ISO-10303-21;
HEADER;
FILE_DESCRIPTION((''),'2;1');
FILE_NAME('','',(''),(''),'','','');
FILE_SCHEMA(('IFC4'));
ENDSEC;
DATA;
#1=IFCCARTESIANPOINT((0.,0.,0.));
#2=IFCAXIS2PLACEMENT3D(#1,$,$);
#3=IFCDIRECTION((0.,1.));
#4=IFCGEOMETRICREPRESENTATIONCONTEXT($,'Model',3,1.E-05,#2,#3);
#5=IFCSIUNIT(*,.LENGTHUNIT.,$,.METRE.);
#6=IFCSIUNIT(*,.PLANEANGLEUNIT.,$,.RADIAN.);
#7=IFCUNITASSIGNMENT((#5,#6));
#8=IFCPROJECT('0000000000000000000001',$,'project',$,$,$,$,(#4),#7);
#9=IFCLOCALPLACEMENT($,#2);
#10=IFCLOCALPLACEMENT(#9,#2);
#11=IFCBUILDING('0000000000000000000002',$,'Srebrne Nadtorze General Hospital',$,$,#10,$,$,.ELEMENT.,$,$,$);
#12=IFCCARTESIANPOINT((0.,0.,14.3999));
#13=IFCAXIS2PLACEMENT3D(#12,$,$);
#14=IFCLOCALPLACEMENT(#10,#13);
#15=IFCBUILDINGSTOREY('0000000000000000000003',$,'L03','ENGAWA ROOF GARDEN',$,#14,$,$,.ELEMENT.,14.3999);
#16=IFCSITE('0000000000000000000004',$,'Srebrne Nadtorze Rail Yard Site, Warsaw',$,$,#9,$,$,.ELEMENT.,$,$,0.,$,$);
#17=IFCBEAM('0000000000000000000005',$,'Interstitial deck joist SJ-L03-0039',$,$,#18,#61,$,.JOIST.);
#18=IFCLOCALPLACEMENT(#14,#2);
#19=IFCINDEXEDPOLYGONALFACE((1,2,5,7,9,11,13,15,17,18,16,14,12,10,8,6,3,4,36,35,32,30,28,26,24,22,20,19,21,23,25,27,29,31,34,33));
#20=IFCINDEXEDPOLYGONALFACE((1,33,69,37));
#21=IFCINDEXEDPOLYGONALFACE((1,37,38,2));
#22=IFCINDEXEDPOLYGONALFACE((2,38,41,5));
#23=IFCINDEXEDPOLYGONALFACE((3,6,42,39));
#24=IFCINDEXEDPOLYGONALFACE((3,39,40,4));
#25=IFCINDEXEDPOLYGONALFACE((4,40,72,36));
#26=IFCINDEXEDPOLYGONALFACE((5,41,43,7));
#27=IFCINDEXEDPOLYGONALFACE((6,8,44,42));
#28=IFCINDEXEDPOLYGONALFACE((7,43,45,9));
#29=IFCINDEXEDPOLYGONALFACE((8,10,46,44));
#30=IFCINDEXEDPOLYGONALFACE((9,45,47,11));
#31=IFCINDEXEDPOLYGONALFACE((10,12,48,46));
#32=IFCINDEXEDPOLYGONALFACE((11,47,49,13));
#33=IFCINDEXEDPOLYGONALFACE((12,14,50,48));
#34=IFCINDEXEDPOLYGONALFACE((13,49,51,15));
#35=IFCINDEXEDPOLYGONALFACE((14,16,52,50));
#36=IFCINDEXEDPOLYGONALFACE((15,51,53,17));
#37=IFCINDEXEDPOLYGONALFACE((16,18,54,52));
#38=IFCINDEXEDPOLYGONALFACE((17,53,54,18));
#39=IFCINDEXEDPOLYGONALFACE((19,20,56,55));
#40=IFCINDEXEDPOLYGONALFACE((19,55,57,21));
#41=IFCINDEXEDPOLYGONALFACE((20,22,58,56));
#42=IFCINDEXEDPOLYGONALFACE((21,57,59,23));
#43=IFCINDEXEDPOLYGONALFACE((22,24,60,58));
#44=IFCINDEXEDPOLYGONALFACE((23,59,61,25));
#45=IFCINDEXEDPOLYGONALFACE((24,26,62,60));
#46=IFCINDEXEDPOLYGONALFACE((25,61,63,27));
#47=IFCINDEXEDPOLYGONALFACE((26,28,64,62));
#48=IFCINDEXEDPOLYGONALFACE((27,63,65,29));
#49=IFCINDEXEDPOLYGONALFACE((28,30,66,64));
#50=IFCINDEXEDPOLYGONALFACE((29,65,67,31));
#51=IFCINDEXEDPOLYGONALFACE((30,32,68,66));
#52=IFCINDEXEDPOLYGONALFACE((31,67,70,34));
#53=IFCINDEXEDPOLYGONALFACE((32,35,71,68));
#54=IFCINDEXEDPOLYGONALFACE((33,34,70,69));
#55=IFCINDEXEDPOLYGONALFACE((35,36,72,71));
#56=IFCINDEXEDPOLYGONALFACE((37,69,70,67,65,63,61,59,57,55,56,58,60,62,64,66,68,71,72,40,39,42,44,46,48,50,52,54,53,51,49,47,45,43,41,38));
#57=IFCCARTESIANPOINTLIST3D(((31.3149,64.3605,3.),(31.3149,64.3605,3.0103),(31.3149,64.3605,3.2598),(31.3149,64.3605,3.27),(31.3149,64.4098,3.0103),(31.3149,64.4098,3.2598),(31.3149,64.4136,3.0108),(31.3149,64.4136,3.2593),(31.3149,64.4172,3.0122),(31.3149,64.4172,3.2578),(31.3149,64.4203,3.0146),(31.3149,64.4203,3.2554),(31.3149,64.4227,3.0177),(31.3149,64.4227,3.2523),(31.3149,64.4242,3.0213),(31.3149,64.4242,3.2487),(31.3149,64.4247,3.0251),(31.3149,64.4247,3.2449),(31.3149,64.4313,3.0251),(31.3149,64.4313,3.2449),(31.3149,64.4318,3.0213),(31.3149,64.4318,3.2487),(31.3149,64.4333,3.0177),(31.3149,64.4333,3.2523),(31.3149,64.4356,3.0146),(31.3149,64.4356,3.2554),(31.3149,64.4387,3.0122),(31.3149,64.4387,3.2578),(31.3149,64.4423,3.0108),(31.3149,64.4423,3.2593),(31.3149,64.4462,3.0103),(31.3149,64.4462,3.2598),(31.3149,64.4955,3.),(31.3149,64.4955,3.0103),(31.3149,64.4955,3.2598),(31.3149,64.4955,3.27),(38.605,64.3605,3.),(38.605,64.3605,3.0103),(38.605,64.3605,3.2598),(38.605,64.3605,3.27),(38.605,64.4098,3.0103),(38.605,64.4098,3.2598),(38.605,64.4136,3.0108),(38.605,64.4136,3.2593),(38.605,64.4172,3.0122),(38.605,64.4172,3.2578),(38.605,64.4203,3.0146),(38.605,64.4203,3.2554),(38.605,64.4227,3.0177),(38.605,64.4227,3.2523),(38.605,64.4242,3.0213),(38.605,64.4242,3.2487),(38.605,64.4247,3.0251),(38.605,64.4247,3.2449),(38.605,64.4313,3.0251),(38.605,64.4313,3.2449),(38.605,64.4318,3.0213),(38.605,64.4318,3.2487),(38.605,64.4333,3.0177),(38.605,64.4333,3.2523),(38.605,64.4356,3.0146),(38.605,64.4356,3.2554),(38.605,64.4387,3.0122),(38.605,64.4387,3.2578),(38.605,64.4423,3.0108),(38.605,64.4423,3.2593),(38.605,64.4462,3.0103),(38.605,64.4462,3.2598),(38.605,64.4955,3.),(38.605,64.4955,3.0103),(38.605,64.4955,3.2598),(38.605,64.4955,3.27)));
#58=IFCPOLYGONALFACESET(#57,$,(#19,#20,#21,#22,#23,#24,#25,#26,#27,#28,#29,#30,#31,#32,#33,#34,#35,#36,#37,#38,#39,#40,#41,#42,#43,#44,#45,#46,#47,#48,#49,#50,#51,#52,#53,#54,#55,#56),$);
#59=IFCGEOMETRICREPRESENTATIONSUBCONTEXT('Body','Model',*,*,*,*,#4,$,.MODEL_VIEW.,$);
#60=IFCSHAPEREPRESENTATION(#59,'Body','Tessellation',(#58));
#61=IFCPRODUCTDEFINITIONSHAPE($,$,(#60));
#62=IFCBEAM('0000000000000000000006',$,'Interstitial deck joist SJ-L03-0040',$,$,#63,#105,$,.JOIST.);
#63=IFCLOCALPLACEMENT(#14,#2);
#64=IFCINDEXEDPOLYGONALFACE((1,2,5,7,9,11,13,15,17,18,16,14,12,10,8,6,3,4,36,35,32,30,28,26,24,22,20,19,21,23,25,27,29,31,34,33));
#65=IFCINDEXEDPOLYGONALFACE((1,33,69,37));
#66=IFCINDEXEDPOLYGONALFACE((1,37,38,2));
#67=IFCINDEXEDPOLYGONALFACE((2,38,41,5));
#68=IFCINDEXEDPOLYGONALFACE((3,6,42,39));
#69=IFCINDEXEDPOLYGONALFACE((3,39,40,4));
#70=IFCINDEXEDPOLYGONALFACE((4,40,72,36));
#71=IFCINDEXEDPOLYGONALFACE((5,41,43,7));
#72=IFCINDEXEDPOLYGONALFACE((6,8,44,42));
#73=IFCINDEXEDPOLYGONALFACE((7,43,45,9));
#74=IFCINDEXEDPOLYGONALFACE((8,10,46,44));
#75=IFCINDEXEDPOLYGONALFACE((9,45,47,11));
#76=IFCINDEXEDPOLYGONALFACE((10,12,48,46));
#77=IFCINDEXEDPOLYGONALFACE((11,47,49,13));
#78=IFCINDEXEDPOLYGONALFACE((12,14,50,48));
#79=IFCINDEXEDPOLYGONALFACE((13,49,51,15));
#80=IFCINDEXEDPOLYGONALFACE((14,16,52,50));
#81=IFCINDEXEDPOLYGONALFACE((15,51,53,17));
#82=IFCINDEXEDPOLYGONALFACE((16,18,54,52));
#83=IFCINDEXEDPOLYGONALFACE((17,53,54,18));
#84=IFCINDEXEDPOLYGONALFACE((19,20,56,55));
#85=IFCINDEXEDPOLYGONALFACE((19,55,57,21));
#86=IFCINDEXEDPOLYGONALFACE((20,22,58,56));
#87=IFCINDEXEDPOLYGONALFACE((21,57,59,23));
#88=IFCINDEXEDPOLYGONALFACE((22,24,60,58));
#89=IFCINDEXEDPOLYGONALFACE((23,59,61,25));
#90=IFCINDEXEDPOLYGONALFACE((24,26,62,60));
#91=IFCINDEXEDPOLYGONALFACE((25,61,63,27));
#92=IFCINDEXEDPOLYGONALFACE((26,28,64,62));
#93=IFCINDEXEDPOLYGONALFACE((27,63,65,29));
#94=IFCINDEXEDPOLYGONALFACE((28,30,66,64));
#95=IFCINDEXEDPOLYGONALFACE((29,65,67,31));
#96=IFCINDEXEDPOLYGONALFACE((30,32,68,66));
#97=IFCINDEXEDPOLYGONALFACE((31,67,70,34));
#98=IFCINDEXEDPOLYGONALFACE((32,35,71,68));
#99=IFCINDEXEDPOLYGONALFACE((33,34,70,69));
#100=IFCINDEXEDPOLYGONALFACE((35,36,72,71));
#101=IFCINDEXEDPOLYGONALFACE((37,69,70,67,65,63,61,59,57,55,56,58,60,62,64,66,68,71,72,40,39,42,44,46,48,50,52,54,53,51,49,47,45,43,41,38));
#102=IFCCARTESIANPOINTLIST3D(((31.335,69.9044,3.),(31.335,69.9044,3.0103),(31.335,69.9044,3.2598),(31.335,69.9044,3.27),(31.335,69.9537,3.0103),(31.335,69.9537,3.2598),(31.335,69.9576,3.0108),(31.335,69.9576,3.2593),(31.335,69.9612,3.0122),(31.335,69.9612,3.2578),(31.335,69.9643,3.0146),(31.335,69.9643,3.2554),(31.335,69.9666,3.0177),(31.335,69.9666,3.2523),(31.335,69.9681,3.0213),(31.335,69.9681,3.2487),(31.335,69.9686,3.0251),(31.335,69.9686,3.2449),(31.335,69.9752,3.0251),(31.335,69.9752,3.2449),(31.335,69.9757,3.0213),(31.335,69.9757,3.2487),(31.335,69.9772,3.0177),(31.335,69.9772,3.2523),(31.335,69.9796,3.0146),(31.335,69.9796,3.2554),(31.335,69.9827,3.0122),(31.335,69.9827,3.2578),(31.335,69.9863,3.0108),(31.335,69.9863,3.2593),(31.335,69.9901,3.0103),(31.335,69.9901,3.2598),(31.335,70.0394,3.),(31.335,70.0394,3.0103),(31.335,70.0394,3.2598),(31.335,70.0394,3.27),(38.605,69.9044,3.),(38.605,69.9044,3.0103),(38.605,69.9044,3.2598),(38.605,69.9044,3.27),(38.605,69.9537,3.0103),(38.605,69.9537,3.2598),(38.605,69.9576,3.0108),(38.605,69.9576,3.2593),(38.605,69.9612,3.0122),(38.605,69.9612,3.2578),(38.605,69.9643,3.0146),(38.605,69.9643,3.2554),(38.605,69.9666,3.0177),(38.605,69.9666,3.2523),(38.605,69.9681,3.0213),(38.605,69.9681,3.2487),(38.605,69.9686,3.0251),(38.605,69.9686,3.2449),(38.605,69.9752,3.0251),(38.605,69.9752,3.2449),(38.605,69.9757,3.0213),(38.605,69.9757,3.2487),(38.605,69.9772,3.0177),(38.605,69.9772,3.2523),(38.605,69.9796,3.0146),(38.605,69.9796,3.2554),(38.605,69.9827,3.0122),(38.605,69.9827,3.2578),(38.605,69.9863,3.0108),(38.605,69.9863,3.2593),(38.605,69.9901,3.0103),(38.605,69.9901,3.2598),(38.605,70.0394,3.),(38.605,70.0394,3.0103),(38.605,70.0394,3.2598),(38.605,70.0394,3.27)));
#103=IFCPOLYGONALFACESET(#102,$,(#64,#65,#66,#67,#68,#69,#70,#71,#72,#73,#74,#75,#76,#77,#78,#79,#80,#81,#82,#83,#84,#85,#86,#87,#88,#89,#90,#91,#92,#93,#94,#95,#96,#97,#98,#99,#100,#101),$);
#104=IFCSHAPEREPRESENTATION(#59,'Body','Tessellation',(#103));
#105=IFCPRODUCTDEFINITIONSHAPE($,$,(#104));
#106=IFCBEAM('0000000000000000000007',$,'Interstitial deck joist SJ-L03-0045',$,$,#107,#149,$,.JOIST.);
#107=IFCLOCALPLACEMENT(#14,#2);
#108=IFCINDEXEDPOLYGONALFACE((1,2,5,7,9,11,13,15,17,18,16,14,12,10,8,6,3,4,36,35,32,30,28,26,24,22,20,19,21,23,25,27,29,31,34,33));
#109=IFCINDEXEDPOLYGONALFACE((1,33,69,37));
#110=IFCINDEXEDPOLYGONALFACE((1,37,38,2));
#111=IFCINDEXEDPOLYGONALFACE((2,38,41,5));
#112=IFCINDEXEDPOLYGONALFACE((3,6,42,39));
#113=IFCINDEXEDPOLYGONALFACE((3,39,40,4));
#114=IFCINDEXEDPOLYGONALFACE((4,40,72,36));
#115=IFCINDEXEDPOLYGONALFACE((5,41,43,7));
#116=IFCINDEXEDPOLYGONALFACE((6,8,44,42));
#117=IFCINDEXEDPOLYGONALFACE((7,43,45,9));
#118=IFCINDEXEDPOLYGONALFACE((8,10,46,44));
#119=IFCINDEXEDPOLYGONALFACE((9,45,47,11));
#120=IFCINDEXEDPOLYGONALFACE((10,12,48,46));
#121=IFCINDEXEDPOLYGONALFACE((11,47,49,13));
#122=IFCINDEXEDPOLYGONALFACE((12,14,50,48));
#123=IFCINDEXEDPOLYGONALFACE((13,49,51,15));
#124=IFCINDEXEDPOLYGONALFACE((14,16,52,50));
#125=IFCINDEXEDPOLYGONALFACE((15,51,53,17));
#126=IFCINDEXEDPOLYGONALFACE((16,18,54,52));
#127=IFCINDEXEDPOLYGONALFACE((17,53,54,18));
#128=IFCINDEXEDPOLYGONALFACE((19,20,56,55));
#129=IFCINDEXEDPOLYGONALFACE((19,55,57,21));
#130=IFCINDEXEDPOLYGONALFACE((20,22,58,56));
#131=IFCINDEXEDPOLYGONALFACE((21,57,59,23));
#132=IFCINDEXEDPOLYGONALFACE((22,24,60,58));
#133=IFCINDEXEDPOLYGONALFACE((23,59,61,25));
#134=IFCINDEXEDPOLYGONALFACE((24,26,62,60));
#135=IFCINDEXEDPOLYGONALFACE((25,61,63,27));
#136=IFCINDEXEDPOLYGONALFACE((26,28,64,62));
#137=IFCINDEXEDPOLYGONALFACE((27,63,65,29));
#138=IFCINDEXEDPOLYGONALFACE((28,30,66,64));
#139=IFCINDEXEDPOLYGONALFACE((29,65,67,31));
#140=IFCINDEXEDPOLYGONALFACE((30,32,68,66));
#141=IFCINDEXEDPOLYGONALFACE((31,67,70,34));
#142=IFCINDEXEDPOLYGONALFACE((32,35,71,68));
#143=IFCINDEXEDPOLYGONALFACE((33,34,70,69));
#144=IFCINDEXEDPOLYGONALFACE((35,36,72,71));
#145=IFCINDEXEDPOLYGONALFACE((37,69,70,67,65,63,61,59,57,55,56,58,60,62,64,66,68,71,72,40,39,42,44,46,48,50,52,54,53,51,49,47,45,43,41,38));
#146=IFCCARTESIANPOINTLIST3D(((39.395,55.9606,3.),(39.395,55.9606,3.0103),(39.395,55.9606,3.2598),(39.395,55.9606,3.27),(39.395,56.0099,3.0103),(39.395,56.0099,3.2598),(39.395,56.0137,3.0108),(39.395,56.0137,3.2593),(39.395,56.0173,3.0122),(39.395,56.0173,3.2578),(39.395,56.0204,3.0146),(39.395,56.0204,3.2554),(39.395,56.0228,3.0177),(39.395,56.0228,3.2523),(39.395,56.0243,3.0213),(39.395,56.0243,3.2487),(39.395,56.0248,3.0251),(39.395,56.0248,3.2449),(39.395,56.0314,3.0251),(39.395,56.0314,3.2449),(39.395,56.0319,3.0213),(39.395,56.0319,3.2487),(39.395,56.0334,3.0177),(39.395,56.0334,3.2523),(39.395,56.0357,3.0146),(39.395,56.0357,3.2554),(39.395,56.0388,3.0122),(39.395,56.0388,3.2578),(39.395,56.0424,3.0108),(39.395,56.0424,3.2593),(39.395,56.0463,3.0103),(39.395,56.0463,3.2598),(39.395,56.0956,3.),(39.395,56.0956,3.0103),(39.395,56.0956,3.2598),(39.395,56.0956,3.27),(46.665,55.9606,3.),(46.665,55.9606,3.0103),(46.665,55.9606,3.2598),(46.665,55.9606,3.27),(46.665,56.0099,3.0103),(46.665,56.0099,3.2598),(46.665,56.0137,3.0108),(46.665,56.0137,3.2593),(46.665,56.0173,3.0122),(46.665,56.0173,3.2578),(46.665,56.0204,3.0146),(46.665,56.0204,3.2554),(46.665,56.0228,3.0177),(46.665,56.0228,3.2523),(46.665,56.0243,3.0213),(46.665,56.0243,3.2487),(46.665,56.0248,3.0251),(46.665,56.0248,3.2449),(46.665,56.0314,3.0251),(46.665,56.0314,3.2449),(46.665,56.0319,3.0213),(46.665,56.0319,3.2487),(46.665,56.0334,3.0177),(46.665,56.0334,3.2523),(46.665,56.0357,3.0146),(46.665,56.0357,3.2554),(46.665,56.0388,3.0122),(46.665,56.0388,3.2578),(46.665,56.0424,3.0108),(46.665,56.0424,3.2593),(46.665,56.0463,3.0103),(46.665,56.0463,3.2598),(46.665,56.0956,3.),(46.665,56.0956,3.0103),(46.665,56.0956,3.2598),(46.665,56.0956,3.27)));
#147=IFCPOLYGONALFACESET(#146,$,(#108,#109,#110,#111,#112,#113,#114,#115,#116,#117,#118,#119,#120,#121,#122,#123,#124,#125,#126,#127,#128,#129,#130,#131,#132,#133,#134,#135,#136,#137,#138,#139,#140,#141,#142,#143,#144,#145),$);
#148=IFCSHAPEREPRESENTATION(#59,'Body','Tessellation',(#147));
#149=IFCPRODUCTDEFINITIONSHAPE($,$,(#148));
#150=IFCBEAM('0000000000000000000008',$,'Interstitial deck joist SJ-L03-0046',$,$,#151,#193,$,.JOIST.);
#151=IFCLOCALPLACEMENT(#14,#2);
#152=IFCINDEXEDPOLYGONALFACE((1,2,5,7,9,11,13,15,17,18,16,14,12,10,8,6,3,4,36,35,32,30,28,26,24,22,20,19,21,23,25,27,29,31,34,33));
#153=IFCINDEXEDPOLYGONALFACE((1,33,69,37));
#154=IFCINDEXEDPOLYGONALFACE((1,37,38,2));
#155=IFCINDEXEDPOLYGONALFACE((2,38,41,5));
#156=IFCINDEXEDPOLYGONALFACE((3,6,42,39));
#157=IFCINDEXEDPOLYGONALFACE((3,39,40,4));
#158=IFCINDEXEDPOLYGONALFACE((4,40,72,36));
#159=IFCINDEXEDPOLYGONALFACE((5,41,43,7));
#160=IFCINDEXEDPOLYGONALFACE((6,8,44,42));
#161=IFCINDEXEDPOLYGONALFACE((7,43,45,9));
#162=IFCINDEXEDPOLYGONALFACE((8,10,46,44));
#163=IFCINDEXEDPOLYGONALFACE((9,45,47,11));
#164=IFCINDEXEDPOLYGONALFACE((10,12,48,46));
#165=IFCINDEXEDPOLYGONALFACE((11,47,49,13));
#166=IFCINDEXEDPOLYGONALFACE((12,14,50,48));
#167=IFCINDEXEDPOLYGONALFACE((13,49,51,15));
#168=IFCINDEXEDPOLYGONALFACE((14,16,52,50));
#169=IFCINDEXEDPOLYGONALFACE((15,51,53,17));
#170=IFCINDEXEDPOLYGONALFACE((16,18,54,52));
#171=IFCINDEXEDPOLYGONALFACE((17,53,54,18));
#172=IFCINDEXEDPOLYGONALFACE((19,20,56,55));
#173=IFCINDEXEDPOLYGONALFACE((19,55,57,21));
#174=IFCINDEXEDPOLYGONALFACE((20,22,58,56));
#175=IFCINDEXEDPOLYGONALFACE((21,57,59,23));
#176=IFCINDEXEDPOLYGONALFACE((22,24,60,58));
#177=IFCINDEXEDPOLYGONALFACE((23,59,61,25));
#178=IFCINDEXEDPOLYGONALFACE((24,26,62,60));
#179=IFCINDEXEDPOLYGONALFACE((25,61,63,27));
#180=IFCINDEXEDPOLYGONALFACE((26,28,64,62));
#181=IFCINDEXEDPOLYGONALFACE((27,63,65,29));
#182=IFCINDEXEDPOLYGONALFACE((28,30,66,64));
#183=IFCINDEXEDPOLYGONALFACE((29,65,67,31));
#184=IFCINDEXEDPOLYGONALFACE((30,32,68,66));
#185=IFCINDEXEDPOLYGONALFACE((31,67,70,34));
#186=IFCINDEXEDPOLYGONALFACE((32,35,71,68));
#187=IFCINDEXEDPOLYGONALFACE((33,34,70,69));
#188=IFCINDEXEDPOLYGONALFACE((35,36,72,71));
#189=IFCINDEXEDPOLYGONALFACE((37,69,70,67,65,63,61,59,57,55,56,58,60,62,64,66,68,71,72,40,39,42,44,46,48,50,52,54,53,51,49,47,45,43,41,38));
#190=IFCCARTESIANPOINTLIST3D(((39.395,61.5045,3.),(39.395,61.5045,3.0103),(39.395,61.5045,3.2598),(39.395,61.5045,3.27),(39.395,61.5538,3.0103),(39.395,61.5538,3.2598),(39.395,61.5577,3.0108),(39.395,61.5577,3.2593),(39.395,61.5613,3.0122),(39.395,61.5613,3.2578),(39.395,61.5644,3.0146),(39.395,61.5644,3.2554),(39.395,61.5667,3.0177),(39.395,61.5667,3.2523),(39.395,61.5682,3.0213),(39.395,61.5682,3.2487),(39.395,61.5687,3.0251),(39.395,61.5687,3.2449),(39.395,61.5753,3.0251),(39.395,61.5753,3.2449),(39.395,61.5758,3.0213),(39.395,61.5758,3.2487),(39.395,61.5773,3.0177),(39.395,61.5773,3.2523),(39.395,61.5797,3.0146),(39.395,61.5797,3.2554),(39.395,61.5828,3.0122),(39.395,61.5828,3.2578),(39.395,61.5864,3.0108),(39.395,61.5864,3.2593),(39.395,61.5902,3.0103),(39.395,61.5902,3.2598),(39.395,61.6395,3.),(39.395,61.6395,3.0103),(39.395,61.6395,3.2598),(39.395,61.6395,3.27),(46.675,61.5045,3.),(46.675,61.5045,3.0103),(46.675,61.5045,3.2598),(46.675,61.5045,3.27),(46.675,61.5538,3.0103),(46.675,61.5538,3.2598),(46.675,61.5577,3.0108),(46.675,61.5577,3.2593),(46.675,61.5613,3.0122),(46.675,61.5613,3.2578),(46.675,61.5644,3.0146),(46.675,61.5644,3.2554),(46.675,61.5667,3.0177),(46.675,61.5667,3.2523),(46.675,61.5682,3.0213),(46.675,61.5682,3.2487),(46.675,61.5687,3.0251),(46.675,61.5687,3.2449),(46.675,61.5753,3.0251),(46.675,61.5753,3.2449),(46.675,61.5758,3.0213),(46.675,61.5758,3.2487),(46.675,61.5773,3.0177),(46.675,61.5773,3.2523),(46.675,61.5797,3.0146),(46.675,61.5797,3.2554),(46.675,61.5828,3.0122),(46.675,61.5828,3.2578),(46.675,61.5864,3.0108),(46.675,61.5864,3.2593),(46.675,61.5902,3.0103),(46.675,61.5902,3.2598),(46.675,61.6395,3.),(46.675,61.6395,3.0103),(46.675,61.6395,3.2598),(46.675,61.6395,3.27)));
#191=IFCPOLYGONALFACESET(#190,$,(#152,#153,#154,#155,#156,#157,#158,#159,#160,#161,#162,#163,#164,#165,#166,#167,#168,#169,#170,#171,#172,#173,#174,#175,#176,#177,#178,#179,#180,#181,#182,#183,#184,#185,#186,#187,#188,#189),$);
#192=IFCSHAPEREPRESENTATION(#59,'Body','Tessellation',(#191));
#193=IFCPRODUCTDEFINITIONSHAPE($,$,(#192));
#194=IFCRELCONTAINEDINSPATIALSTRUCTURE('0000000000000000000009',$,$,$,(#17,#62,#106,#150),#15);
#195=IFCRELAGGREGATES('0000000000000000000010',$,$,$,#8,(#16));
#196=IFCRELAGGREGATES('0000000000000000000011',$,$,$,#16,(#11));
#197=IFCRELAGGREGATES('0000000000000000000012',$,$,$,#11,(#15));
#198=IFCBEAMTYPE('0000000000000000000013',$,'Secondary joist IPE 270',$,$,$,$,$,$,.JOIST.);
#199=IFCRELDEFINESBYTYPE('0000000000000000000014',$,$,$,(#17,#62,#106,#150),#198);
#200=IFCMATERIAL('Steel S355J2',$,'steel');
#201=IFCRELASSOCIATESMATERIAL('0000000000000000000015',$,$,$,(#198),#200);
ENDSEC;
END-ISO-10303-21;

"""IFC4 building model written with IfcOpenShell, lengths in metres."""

from ifc_helpers import new_model, si_unit, direction, frame, origin, origin_2d, place, context, subcontext, project, spatial, i_section, extrude, material, material_profile, profile_set, type_object, element, save


model = new_model("IFC4")

# Units and contexts
model_context = context("Model", 3, precision=1e-05, world=origin(), true_north=direction((0.0, 1.0)))
body_context = subcontext(model_context, "Body", "Model", "MODEL_VIEW")
ifc_project = project(units=[si_unit("LENGTHUNIT", "METRE"), si_unit("PLANEANGLEUNIT", "RADIAN")], contexts=[model_context])

# Site, building, storey
site_placement = place(None, origin())
site = spatial("IfcSite", under=ifc_project, at=site_placement, Name="Srebrne Nadtorze Rail Yard Site, Warsaw", CompositionType="ELEMENT", RefElevation=0.0)
building_placement = place(site_placement, origin())
building = spatial("IfcBuilding", under=site, at=building_placement, Name="Srebrne Nadtorze General Hospital", CompositionType="ELEMENT")
storey_placement = place(building_placement, frame((0.0, 0.0, 14.3999)))
storey = spatial("IfcBuildingStorey", under=building, at=storey_placement, Name="L03", Description="ENGAWA ROOF GARDEN", CompositionType="ELEMENT", Elevation=14.3999)

# Beams
ifc_material_1 = material(Name="Steel S355J2", Category="steel")
ifc_material_profile_1 = material_profile(ifc_material_1, i_section(OverallWidth=0.135, OverallDepth=0.27, WebThickness=0.0066, FlangeThickness=0.0103, FilletRadius=0.0149, at=origin_2d()), Name="IPE-270")
ifc_profile_set_1 = profile_set([ifc_material_profile_1], Name="Steel S355J2")
beam_type_1 = type_object("IfcBeamType", Name="Secondary joist IPE 270", PredefinedType="JOIST", material=ifc_profile_set_1)
beam_1_placement = place(storey_placement, frame((31.3149, 64.428, 3.135), z_axis=(1.0, 0.0, 0.0), x_axis=(0.0, 1.0, 0.0)))
element("IfcBeam", 1, at=beam_1_placement, inside=storey, type_object=beam_type_1, Name="Interstitial deck joist SJ-L03-0039", PredefinedType="JOIST", context=body_context, shape_type="SweptSolid", body=[
    extrude(i_section(OverallWidth=0.135, OverallDepth=0.27, WebThickness=0.0066, FlangeThickness=0.0103, FilletRadius=0.0149, at=origin_2d()), origin(), (0.0, 0.0, 1.0), 7.29),
])
for number, where, z_axis, x_axis, name in (
    (2, (31.335, 69.9719, 3.135), (1.0, 0.0, 0.0), (0.0, 1.0, 0.0), "Interstitial deck joist SJ-L03-0040"),
    (3, (39.395, 56.0281, 3.135), (1.0, 0.0, 0.0), (0.0, 1.0, 0.0), "Interstitial deck joist SJ-L03-0045"),
):
    element("IfcBeam", number, at=place(storey_placement, frame(where, z_axis=z_axis, x_axis=x_axis)), inside=storey, type_object=beam_type_1, Name=name, PredefinedType="JOIST", context=body_context, shape_type="SweptSolid", body=[
        extrude(i_section(OverallWidth=0.135, OverallDepth=0.27, WebThickness=0.0066, FlangeThickness=0.0103, FilletRadius=0.0149, at=origin_2d()), origin(), (0.0, 0.0, 1.0), 7.27),
    ])
beam_2_placement = place(storey_placement, frame((39.395, 61.572, 3.135), z_axis=(1.0, 0.0, 0.0), x_axis=(0.0, 1.0, 0.0)))
element("IfcBeam", 4, at=beam_2_placement, inside=storey, type_object=beam_type_1, Name="Interstitial deck joist SJ-L03-0046", PredefinedType="JOIST", context=body_context, shape_type="SweptSolid", body=[
    extrude(i_section(OverallWidth=0.135, OverallDepth=0.27, WebThickness=0.0066, FlangeThickness=0.0103, FilletRadius=0.0149, at=origin_2d()), origin(), (0.0, 0.0, 1.0), 7.28),
])

save(model, "model.ifc")
